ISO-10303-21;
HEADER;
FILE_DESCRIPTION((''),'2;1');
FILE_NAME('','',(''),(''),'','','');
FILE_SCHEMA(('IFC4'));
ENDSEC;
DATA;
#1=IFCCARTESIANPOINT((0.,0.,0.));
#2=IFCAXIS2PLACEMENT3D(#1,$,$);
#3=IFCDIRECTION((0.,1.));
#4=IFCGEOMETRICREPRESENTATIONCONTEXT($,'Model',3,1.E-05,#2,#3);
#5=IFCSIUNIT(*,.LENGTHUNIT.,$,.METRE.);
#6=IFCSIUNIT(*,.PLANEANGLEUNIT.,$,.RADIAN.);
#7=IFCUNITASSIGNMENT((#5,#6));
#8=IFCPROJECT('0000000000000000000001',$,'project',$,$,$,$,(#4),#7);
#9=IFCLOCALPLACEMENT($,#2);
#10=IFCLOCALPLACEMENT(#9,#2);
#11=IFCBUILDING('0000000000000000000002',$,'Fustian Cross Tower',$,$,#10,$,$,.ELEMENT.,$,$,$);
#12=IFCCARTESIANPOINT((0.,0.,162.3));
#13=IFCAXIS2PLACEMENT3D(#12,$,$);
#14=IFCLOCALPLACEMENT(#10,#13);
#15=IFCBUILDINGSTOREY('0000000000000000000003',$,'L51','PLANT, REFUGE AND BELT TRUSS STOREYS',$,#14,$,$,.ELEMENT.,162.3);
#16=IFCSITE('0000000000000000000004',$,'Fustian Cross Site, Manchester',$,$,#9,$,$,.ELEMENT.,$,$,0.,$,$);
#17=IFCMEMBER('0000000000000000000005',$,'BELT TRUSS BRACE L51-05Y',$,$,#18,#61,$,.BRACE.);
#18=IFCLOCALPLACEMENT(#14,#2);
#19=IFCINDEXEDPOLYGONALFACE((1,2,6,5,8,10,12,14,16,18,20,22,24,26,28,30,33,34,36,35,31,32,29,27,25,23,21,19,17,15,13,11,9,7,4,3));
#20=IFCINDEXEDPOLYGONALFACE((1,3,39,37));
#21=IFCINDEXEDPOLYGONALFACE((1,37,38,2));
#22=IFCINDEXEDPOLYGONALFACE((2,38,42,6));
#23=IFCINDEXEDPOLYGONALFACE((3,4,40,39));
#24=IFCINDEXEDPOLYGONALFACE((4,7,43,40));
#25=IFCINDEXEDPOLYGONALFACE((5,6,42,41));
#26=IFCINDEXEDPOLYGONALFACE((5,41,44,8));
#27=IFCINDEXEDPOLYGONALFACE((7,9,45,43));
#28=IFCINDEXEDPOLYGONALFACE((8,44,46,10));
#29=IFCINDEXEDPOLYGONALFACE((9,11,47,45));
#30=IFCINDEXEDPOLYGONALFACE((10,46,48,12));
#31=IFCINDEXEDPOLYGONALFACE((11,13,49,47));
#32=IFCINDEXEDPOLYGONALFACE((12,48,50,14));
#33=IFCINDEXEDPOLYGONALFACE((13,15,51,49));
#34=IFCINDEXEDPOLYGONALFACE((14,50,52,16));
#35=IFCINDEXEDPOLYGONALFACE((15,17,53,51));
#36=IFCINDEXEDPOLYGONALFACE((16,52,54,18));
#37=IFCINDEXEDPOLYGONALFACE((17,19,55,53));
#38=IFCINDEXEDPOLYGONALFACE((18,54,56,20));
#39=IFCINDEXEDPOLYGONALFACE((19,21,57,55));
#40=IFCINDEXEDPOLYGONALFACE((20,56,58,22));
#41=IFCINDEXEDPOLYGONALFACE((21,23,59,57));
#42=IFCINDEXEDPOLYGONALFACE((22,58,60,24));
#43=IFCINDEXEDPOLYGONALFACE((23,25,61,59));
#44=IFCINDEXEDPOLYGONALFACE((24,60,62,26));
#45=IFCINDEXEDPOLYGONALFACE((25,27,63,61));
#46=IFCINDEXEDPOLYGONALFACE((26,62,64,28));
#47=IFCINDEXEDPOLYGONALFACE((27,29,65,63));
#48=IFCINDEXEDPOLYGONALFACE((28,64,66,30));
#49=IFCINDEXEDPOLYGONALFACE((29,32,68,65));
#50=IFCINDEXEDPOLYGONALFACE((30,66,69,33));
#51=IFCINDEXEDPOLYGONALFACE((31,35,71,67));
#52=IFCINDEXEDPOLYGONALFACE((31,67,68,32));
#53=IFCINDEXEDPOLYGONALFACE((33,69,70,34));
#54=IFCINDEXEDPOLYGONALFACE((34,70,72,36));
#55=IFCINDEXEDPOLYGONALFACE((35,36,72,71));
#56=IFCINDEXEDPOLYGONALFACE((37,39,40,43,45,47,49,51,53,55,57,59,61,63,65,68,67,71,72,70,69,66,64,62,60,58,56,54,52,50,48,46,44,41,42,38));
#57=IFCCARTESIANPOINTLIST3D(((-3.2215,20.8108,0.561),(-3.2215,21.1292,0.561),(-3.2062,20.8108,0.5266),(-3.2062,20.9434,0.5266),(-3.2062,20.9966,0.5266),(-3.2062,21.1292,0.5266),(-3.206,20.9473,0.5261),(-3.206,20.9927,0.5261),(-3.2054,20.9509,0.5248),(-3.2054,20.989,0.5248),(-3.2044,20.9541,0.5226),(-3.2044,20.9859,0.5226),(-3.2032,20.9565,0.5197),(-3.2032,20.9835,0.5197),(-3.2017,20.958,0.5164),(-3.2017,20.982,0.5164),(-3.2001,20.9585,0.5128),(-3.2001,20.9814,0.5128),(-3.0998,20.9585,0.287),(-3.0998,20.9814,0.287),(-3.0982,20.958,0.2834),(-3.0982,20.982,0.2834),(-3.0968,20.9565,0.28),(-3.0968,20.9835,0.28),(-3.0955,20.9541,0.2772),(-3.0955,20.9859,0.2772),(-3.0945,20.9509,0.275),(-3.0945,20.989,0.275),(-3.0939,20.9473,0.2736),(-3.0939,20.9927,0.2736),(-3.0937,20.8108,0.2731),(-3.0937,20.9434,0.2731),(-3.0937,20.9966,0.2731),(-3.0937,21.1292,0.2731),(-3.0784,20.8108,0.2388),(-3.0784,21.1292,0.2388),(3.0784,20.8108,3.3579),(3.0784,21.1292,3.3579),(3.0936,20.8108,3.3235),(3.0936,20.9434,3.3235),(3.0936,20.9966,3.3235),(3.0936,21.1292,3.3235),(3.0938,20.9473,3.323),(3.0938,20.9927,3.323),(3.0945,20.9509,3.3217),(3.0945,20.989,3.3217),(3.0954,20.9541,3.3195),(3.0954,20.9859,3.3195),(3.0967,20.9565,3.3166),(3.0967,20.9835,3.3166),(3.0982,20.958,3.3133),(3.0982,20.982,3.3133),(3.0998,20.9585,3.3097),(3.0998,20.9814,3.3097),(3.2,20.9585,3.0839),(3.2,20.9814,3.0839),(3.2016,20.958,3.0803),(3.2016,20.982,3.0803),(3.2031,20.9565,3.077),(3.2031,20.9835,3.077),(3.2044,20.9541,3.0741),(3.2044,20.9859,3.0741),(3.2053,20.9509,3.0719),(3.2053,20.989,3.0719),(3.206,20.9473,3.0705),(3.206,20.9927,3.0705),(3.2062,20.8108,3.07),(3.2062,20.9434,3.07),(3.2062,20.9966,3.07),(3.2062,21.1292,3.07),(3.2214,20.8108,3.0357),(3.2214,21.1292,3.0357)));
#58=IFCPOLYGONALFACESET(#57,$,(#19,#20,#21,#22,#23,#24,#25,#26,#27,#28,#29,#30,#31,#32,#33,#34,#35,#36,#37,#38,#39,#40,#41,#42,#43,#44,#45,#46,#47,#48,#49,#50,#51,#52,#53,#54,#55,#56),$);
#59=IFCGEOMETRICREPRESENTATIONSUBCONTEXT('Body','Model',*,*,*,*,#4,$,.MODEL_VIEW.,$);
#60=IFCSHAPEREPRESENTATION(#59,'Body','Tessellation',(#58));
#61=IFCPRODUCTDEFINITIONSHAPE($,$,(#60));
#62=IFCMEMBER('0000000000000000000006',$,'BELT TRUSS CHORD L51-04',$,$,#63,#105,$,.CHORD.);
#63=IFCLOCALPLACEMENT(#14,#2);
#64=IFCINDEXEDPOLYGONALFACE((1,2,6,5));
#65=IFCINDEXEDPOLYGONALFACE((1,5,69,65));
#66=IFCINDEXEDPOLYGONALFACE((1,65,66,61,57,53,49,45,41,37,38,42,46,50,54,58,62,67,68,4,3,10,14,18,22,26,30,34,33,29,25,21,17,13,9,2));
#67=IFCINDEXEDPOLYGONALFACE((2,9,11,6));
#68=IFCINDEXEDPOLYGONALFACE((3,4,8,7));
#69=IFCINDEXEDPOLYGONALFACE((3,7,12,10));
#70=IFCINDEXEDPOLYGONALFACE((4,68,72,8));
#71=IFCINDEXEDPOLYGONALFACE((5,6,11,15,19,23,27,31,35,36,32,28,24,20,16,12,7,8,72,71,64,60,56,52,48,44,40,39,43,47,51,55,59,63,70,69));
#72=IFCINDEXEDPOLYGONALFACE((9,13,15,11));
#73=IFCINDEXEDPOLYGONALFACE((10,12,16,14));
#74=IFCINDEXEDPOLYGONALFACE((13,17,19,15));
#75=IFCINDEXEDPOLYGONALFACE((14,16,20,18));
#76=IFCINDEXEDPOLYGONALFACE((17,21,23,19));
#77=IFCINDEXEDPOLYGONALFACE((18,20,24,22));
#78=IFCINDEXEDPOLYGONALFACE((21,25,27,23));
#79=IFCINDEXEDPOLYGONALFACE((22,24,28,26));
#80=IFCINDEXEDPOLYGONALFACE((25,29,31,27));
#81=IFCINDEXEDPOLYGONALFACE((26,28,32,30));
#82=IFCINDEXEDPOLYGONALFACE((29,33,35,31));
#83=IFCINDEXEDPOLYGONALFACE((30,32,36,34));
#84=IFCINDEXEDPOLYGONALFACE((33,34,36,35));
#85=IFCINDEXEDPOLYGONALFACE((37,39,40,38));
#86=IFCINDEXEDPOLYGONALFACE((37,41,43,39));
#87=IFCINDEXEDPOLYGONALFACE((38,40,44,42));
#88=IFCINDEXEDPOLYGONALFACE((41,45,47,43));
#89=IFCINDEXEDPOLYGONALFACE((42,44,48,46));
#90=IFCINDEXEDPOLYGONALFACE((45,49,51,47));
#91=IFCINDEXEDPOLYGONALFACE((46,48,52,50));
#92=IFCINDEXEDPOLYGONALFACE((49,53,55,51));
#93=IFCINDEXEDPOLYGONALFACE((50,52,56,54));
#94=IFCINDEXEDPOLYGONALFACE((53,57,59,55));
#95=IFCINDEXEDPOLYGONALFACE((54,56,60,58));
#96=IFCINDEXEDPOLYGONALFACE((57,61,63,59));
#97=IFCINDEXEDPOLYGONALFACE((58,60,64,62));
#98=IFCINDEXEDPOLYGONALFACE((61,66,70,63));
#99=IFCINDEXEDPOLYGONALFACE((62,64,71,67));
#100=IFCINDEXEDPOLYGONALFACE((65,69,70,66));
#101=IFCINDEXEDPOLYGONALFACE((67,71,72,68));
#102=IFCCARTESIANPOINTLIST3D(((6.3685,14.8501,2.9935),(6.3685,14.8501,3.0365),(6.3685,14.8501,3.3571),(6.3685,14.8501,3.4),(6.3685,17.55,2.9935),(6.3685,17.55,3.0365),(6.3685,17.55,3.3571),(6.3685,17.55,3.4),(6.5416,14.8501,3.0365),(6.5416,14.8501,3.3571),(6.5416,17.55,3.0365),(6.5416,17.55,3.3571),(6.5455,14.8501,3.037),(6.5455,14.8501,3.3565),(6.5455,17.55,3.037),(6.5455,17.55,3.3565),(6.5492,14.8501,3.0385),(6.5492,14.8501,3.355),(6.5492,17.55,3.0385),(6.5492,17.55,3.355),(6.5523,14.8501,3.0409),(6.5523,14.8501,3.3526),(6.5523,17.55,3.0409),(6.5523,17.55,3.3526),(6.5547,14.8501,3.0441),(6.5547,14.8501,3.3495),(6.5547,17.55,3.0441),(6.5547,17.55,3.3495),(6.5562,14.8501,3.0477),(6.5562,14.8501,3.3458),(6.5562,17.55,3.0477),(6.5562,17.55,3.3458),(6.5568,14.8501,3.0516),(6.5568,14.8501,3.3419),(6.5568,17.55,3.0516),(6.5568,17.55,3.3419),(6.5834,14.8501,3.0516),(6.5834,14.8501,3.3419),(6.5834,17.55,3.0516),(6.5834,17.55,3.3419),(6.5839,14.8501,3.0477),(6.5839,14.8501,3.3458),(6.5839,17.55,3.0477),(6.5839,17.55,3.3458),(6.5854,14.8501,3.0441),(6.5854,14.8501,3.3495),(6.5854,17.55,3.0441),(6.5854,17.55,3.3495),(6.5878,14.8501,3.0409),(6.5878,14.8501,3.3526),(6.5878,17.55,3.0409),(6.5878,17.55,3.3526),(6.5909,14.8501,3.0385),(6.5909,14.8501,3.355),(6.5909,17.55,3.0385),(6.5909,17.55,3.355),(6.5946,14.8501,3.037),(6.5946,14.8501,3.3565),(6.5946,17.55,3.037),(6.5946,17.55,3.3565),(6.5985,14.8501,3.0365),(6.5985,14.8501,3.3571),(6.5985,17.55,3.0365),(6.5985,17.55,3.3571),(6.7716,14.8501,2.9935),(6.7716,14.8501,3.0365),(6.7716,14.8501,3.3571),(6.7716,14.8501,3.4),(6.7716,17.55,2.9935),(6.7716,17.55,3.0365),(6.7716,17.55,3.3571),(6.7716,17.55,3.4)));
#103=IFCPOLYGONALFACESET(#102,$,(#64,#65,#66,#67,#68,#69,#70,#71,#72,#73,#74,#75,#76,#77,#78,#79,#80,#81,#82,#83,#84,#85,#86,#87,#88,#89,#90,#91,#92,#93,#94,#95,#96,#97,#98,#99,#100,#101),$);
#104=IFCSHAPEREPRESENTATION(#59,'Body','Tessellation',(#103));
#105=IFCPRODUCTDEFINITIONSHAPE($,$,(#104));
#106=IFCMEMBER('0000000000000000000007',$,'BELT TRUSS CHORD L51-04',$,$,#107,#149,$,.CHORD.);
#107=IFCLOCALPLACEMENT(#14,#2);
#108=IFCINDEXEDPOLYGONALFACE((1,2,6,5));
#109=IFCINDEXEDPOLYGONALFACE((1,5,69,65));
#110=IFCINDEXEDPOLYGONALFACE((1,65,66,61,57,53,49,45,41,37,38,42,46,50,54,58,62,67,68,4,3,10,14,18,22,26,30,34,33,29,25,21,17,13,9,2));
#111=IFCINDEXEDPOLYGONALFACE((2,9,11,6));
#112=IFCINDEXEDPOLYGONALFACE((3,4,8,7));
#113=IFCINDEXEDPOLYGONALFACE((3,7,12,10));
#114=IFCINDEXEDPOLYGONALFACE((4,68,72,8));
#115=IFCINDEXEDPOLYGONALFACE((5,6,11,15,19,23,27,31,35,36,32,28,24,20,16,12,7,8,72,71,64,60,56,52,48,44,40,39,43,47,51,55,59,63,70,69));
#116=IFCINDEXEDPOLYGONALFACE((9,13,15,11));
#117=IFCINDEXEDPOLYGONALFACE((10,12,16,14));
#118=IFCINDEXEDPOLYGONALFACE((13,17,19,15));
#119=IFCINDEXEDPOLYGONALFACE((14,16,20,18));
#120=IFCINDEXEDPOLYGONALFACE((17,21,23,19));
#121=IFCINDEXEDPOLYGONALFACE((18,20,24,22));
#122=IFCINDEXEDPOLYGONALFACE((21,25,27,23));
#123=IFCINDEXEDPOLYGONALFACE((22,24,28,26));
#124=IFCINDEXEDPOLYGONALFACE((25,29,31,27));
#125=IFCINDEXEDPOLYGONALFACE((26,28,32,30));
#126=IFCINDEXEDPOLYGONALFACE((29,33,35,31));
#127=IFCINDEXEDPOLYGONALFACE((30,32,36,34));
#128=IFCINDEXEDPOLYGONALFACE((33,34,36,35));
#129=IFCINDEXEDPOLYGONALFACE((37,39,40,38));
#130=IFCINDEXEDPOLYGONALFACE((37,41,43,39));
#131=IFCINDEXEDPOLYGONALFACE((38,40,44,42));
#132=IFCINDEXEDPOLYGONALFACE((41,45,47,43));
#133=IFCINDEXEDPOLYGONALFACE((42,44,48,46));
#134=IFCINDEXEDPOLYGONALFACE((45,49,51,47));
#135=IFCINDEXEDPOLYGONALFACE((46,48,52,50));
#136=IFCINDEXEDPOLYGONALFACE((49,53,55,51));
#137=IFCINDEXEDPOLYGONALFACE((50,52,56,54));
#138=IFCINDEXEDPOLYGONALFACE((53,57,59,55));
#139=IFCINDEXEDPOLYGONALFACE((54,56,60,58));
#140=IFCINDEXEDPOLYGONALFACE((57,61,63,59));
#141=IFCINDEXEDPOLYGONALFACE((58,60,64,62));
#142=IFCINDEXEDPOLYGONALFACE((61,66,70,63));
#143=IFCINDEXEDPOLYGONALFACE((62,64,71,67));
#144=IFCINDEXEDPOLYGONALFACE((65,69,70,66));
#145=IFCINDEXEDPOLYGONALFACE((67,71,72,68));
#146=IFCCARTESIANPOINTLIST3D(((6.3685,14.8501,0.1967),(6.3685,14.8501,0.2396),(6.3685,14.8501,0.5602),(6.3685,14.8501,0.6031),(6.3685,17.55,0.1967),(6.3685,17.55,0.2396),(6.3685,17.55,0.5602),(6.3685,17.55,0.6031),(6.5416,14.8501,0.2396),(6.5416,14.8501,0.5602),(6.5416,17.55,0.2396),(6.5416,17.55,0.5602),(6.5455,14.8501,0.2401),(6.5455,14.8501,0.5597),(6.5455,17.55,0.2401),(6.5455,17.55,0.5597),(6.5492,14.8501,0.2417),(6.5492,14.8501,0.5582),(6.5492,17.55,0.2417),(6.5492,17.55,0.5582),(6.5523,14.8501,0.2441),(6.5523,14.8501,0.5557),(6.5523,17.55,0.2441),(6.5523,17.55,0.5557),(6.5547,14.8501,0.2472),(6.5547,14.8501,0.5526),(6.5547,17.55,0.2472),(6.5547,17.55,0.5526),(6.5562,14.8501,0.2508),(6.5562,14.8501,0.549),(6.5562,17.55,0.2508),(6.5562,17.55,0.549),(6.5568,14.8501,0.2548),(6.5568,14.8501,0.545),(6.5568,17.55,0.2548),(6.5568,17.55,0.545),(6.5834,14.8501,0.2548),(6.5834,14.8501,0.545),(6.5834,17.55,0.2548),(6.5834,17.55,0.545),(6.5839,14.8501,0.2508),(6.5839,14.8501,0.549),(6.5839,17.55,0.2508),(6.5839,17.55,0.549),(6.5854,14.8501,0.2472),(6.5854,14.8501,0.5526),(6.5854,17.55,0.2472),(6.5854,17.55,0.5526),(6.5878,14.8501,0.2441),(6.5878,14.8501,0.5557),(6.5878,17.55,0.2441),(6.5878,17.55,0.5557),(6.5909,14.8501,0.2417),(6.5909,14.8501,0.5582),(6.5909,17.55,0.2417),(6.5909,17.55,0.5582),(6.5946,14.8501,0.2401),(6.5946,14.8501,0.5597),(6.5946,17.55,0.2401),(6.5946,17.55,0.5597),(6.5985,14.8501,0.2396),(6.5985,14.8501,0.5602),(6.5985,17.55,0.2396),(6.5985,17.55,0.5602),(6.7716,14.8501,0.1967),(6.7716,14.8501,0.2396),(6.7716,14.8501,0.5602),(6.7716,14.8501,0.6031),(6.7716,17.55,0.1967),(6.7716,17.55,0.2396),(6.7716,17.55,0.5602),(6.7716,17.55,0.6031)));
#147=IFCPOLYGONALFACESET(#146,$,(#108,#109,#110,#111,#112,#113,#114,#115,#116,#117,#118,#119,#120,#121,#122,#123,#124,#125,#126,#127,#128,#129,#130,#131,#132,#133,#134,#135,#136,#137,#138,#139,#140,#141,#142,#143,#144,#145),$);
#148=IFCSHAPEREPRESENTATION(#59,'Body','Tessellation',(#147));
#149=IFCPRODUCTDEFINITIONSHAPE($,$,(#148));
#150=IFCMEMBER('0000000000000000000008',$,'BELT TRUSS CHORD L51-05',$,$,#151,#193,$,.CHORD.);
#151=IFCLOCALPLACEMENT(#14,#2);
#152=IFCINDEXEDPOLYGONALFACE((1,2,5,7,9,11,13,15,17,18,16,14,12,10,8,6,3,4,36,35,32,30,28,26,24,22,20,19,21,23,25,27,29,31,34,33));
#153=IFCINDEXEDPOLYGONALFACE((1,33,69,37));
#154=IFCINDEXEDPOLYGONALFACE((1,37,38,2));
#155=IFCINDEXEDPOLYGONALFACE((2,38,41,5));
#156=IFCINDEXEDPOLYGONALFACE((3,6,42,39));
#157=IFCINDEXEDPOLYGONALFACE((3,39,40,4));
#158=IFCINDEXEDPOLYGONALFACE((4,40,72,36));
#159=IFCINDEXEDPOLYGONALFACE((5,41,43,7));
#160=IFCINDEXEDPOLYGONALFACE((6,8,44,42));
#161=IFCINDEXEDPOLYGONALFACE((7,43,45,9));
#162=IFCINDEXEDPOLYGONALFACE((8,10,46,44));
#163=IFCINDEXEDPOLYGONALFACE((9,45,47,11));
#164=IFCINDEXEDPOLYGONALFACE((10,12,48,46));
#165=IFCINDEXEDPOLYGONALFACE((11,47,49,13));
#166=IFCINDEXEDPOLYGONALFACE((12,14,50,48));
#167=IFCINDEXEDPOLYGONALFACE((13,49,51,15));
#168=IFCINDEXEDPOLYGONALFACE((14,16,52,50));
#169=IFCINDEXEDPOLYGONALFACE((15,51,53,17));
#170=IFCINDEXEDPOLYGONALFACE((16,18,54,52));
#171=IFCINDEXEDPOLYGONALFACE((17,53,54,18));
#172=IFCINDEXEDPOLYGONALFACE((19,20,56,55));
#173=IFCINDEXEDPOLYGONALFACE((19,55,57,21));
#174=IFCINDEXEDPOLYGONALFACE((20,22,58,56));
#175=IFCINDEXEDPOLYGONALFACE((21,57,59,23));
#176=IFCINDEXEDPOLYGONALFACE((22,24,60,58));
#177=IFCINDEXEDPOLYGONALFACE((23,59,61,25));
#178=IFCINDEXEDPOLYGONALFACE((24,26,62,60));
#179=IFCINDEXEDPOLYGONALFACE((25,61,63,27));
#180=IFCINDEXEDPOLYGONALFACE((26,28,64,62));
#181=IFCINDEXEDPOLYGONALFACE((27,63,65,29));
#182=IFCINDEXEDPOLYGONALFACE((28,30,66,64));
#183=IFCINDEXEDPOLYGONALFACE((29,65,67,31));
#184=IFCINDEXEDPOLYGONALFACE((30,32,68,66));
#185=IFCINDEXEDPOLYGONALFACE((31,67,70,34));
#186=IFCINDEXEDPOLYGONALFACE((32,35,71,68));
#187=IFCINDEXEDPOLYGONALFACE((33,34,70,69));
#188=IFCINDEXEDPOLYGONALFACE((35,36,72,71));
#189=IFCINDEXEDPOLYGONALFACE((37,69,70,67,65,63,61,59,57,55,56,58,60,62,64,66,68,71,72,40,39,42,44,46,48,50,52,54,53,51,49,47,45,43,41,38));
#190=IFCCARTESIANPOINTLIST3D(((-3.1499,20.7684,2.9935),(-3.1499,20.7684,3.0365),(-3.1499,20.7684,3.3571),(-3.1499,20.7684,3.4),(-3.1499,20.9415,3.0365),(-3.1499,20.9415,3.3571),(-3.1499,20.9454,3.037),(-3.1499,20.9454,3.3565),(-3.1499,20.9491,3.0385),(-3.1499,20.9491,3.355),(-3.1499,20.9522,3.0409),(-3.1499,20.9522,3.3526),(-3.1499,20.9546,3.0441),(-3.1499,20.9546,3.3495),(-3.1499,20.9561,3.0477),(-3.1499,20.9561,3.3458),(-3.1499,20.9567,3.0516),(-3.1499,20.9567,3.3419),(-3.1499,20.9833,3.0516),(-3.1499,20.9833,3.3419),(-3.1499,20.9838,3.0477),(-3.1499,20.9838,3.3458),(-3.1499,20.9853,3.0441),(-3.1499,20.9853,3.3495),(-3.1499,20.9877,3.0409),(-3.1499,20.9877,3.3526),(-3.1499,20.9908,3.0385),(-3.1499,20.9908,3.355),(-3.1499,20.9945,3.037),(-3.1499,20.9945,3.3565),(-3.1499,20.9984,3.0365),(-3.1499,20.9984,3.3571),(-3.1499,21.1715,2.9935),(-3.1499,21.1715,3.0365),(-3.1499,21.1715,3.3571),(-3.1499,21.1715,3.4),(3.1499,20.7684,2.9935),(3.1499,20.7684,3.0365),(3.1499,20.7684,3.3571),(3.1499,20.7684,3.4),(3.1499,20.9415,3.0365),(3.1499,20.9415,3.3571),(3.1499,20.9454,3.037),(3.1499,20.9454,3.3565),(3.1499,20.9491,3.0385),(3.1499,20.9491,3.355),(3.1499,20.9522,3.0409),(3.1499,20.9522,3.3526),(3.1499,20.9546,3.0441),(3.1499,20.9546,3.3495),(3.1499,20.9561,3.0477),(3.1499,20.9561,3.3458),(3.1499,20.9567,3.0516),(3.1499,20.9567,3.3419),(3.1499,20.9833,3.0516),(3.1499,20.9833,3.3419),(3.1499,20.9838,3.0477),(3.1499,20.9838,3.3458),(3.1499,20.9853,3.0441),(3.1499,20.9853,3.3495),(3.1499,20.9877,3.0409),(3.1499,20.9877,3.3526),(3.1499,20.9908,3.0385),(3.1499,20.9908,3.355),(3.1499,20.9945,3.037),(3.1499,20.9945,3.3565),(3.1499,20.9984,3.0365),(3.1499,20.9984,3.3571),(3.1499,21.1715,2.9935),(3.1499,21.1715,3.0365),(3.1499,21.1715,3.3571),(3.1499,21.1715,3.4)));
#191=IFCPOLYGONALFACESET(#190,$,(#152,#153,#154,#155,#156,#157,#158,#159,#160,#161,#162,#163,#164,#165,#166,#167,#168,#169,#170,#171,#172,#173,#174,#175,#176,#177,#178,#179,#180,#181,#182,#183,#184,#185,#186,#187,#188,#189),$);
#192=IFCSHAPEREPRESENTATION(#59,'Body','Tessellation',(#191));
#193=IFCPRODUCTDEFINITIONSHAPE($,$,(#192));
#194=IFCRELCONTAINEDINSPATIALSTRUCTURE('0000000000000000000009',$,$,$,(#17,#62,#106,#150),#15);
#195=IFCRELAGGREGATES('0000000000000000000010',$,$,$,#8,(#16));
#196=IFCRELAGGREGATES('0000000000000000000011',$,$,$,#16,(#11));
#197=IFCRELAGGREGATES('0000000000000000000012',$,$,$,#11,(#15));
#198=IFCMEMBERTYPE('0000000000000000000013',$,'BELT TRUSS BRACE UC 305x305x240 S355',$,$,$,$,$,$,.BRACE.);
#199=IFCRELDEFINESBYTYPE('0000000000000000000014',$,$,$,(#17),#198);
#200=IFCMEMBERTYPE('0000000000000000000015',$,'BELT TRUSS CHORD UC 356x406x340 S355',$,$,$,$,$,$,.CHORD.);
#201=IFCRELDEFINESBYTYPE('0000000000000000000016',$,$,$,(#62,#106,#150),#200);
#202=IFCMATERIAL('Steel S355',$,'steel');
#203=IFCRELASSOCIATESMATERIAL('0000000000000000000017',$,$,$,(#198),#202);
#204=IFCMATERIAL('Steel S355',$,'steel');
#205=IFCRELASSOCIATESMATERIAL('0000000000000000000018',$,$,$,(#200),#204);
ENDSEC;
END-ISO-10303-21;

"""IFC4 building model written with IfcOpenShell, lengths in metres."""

from ifc_helpers import new_model, si_unit, direction, frame, origin, origin_2d, place, context, subcontext, project, spatial, i_section, extrude, material, material_profile, profile_set, type_object, element, save


model = new_model("IFC4")

# Units and contexts
model_context = context("Model", 3, precision=1e-05, world=origin(), true_north=direction((0.0, 1.0)))
body_context = subcontext(model_context, "Body", "Model", "MODEL_VIEW")
ifc_project = project(units=[si_unit("LENGTHUNIT", "METRE"), si_unit("PLANEANGLEUNIT", "RADIAN")], contexts=[model_context])

# Site, building, storey
site_placement = place(None, origin())
site = spatial("IfcSite", under=ifc_project, at=site_placement, Name="Fustian Cross Site, Manchester", CompositionType="ELEMENT", RefElevation=0.0)
building_placement = place(site_placement, origin())
building = spatial("IfcBuilding", under=site, at=building_placement, Name="Fustian Cross Tower", CompositionType="ELEMENT")
storey_placement = place(building_placement, frame((0.0, 0.0, 162.3)))
storey = spatial("IfcBuildingStorey", under=building, at=storey_placement, Name="L51", Description="PLANT, REFUGE AND BELT TRUSS STOREYS", CompositionType="ELEMENT", Elevation=162.3)

# Members
ifc_material_1 = material(Name="Steel S355", Category="steel")
ifc_material_profile_1 = material_profile(ifc_material_1, i_section(OverallWidth=0.3184, OverallDepth=0.3525, WebThickness=0.0229, FlangeThickness=0.0376, FilletRadius=0.0151, at=origin_2d()), Name="UC 305x305x240")
ifc_profile_set_1 = profile_set([ifc_material_profile_1], Name="Steel S355")
member_type_1 = type_object("IfcMemberType", Name="BELT TRUSS BRACE UC 305x305x240 S355", PredefinedType="BRACE", material=ifc_profile_set_1)
for number, where, z_axis, x_axis, name in (
    (1, (3.1499, 20.97, 3.1968), (-0.913975, 0.0, -0.40577), (0.0, -1.0, 0.0), "BELT TRUSS BRACE L51-05Y"),
):
    element("IfcMember", number, at=place(storey_placement, frame(where, z_axis=z_axis, x_axis=x_axis)), inside=storey, type_object=member_type_1, Name=name, PredefinedType="BRACE", context=body_context, shape_type="SweptSolid", body=[
        extrude(i_section(OverallWidth=0.3184, OverallDepth=0.3525, WebThickness=0.0229, FlangeThickness=0.0376, FilletRadius=0.0151, at=origin_2d()), origin(), (0.0, 0.0, 1.0), 6.8928),
    ])
ifc_material_2 = material(Name="Steel S355", Category="steel")
ifc_material_profile_2 = material_profile(ifc_material_2, i_section(OverallWidth=0.4031, OverallDepth=0.4065, WebThickness=0.0266, FlangeThickness=0.043, FilletRadius=0.0151, at=origin_2d()), Name="UC 356x406x340")
ifc_profile_set_2 = profile_set([ifc_material_profile_2], Name="Steel S355")
member_type_2 = type_object("IfcMemberType", Name="BELT TRUSS CHORD UC 356x406x340 S355", PredefinedType="CHORD", material=ifc_profile_set_2)
for number, where, z_axis, x_axis, name in (
    (2, (6.5701, 14.8501, 3.1968), (0.0, 1.0, 0.0), (-1.0, 0.0, 0.0), "BELT TRUSS CHORD L51-04"),
    (3, (6.5701, 14.8501, 0.3999), (0.0, 1.0, 0.0), (-1.0, 0.0, 0.0), "BELT TRUSS CHORD L51-04"),
):
    element("IfcMember", number, at=place(storey_placement, frame(where, z_axis=z_axis, x_axis=x_axis)), inside=storey, type_object=member_type_2, Name=name, PredefinedType="CHORD", context=body_context, shape_type="SweptSolid", body=[
        extrude(i_section(OverallWidth=0.4031, OverallDepth=0.4065, WebThickness=0.0266, FlangeThickness=0.043, FilletRadius=0.0151, at=origin_2d()), origin(), (0.0, 0.0, 1.0), 2.7),
    ])
for number, where, z_axis, x_axis, name in (
    (4, (3.1499, 20.97, 3.1968), (-1.0, 0.0, 0.0), (0.0, -1.0, 0.0), "BELT TRUSS CHORD L51-05"),
):
    element("IfcMember", number, at=place(storey_placement, frame(where, z_axis=z_axis, x_axis=x_axis)), inside=storey, type_object=member_type_2, Name=name, PredefinedType="CHORD", context=body_context, shape_type="SweptSolid", body=[
        extrude(i_section(OverallWidth=0.4031, OverallDepth=0.4065, WebThickness=0.0266, FlangeThickness=0.043, FilletRadius=0.0151, at=origin_2d()), origin(), (0.0, 0.0, 1.0), 6.2998),
    ])

save(model, "model.ifc")
